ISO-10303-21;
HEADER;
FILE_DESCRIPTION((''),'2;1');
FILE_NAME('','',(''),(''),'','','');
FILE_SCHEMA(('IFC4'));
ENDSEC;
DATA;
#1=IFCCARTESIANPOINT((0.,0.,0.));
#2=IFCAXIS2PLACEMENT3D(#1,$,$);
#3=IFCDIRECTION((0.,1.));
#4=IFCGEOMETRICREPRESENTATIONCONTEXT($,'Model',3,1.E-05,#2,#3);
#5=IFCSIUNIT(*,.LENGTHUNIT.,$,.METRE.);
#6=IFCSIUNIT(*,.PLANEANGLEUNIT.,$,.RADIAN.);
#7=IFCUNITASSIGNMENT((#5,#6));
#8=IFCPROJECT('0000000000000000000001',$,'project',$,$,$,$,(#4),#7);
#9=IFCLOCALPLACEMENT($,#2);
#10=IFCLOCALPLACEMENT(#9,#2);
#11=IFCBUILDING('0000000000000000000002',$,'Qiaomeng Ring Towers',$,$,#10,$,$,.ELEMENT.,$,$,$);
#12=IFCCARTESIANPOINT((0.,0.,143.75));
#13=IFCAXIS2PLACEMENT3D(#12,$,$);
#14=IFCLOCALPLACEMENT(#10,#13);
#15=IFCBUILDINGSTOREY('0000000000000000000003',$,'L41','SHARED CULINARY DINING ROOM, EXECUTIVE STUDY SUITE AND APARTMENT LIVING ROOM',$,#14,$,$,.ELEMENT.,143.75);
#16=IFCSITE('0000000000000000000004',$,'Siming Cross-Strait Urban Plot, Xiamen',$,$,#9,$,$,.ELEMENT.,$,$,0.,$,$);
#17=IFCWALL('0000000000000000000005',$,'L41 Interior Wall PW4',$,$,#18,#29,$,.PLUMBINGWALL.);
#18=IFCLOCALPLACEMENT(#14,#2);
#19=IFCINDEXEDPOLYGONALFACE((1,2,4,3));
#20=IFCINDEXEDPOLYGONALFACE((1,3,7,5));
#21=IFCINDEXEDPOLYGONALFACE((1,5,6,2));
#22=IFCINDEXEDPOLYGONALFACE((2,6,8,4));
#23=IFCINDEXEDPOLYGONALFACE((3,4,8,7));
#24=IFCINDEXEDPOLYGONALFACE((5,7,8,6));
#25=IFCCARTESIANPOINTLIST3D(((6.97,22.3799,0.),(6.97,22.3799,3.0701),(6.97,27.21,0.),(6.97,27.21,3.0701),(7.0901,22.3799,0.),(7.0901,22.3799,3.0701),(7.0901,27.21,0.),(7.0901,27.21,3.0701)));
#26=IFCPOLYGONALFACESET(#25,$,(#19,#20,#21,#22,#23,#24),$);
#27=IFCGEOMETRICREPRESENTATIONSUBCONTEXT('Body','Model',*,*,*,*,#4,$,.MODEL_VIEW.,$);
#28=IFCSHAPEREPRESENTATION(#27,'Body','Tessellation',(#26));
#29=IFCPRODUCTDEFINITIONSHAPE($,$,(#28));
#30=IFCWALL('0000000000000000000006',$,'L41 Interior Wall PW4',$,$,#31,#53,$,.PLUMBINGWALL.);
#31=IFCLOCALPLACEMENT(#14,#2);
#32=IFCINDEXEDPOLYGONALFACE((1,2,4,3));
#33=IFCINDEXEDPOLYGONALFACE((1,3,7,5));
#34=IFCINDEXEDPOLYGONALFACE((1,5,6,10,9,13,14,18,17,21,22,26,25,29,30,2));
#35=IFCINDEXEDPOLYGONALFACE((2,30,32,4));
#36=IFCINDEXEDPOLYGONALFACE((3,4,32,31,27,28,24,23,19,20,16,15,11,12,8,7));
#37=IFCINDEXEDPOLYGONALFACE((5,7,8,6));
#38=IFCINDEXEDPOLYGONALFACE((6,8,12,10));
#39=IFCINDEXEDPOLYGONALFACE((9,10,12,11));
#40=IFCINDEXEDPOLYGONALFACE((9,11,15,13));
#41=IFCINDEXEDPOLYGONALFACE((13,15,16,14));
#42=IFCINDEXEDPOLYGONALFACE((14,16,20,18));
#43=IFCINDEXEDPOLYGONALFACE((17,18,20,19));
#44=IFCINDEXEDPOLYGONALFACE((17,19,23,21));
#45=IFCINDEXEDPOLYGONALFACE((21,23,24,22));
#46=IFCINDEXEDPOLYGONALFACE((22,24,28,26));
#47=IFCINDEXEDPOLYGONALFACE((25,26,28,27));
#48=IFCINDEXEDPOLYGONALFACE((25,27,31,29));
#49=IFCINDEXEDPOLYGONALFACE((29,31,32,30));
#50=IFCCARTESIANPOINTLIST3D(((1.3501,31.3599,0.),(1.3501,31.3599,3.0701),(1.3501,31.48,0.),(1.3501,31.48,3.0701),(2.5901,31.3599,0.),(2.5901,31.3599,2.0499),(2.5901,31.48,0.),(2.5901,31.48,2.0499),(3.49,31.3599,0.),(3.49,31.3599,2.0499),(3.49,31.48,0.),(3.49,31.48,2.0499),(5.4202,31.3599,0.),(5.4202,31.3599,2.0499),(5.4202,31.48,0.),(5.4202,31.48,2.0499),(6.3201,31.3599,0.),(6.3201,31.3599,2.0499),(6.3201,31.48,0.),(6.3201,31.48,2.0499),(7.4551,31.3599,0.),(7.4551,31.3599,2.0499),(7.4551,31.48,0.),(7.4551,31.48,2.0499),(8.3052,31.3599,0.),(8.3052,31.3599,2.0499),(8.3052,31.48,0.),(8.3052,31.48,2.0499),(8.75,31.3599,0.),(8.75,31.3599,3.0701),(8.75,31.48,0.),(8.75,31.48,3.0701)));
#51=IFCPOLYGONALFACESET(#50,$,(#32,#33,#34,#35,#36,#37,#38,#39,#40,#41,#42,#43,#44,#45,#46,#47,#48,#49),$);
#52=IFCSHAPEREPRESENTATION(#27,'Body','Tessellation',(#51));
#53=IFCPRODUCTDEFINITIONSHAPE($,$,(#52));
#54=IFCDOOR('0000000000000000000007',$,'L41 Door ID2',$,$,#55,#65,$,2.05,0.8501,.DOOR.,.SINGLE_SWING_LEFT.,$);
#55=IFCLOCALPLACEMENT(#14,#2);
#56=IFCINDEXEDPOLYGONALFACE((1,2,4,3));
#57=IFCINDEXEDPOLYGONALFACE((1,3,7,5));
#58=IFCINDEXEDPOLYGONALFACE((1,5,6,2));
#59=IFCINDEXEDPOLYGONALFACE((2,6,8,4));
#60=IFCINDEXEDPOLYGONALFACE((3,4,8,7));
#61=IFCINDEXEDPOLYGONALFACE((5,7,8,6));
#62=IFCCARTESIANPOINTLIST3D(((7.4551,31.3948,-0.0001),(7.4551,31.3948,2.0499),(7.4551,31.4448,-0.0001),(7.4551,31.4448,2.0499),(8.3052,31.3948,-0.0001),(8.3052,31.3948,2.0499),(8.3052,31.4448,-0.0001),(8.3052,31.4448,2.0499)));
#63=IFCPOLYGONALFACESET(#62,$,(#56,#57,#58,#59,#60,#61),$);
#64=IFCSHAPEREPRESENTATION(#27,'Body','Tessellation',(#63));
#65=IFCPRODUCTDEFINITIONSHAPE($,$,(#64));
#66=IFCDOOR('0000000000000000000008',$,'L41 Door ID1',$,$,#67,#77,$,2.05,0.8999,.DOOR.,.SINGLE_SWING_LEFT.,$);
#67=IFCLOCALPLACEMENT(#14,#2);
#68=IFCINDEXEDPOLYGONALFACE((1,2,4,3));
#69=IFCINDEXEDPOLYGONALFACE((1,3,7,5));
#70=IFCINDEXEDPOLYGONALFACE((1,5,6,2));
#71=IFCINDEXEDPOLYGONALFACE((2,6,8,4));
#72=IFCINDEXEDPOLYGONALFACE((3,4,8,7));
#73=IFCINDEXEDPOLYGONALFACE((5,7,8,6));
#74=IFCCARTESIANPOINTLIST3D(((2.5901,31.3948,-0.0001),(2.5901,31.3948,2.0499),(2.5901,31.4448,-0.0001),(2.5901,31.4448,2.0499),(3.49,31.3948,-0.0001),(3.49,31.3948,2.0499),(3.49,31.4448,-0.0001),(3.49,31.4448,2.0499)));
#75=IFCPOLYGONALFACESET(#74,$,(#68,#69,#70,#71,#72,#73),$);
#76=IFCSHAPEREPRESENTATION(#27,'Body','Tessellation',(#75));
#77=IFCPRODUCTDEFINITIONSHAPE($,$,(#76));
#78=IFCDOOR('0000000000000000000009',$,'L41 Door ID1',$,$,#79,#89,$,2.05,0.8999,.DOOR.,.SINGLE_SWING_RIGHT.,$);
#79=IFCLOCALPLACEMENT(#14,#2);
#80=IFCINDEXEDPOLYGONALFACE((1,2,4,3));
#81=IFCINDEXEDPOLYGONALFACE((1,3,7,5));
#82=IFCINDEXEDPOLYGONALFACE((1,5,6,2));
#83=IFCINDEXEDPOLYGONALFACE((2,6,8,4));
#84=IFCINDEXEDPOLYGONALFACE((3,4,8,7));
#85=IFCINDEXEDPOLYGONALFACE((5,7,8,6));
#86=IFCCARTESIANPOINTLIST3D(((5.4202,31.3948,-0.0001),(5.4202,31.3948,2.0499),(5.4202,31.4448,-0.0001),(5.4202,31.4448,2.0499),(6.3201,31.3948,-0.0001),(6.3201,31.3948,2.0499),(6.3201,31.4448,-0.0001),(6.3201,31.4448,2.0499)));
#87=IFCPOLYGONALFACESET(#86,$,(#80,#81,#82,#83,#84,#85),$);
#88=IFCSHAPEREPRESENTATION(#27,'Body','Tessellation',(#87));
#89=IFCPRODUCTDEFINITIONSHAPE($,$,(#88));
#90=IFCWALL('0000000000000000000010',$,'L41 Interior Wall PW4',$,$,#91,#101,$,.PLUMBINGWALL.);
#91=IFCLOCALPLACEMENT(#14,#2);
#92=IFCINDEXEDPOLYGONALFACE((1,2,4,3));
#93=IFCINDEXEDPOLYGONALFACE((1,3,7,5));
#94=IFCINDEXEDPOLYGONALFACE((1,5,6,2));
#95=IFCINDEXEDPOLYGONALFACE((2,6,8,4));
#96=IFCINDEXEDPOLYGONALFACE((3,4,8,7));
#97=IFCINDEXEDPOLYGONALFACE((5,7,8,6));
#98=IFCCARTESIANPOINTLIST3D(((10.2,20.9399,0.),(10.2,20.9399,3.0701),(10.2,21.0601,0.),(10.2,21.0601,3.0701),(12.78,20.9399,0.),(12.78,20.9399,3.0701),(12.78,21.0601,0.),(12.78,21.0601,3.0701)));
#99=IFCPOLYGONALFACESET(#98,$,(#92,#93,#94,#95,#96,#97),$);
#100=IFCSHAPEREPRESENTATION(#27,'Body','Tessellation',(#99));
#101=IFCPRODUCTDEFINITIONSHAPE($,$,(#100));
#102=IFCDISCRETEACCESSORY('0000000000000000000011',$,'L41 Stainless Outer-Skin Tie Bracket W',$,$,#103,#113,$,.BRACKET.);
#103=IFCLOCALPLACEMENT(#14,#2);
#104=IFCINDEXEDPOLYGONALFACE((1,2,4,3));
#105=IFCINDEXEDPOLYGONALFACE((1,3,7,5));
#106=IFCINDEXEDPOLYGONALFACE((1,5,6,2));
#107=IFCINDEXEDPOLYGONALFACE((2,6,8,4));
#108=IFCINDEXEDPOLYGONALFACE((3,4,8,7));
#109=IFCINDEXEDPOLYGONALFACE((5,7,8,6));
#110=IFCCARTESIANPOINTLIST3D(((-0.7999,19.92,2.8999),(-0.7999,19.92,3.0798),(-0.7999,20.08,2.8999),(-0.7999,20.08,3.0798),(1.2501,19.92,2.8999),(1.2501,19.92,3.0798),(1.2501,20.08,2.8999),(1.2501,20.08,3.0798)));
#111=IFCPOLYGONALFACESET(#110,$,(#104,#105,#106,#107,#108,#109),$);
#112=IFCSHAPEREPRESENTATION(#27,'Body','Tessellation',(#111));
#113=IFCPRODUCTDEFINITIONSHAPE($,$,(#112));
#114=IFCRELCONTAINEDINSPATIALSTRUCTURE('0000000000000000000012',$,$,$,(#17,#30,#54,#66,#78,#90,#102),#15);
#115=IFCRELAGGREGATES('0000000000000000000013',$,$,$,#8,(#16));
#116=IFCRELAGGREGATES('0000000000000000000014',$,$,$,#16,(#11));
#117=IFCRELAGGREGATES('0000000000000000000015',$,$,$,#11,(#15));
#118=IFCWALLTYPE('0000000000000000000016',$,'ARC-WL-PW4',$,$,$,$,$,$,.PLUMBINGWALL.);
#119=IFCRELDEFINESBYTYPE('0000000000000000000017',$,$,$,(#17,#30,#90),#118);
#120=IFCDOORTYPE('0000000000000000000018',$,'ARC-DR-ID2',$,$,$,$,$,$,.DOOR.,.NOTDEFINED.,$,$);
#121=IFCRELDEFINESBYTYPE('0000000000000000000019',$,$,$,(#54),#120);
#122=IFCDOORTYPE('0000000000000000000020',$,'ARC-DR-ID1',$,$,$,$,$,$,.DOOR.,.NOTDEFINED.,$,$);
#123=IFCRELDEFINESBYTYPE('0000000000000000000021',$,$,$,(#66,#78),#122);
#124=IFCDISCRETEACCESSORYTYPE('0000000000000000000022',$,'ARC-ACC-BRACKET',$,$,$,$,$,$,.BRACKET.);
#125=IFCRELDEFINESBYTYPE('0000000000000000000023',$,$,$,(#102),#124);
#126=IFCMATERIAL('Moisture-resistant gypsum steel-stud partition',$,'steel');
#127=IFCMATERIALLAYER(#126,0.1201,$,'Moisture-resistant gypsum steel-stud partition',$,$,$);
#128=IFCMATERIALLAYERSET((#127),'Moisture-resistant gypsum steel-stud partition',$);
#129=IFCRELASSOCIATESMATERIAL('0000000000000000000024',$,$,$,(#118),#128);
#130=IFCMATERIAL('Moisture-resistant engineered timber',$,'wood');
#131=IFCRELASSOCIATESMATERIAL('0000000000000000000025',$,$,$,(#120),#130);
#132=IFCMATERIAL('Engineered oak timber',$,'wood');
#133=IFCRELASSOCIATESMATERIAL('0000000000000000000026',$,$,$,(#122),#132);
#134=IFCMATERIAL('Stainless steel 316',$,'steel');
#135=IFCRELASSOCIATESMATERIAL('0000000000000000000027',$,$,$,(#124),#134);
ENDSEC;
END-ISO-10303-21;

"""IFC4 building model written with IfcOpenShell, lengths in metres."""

from ifc_helpers import new_model, si_unit, direction, frame, frame_2d, origin, origin_2d, place, context, subcontext, project, spatial, rectangle, extrude, source, transform, mapped, material, layer, layer_set, type_object, element, fill, save


model = new_model("IFC4")

# Units and contexts
model_context = context("Model", 3, precision=1e-05, world=origin(), true_north=direction((0.0, 1.0)))
body_context = subcontext(model_context, "Body", "Model", "MODEL_VIEW")
ifc_project = project(units=[si_unit("LENGTHUNIT", "METRE"), si_unit("PLANEANGLEUNIT", "RADIAN")], contexts=[model_context])

# Site, building, storey
site_placement = place(None, origin())
site = spatial("IfcSite", under=ifc_project, at=site_placement, Name="Siming Cross-Strait Urban Plot, Xiamen", CompositionType="ELEMENT", RefElevation=0.0)
building_placement = place(site_placement, origin())
building = spatial("IfcBuilding", under=site, at=building_placement, Name="Qiaomeng Ring Towers", CompositionType="ELEMENT")
storey_placement = place(building_placement, frame((0.0, 0.0, 143.75)))
storey = spatial("IfcBuildingStorey", under=building, at=storey_placement, Name="L41", Description="SHARED CULINARY DINING ROOM, EXECUTIVE STUDY SUITE AND APARTMENT LIVING ROOM", CompositionType="ELEMENT", Elevation=143.75)

# Shared definitions
ifc_material_1 = material(Name="Stainless steel 316", Category="steel")

# Shared definitions
ifc_material_2 = material(Name="Moisture-resistant gypsum steel-stud partition", Category="steel")
ifc_layer_1 = layer(ifc_material_2, 0.1201, Name="Moisture-resistant gypsum steel-stud partition")
ifc_layer_set_1 = layer_set([ifc_layer_1], Name="Moisture-resistant gypsum steel-stud partition")
wall_type_1 = type_object("IfcWallType", Name="ARC-WL-PW4", PredefinedType="PLUMBINGWALL", material=ifc_layer_set_1)
ifc_material_3 = material(Name="Moisture-resistant engineered timber", Category="wood")
door_type_1 = type_object("IfcDoorType", Name="ARC-DR-ID2", OperationType="NOTDEFINED", PredefinedType="DOOR", material=ifc_material_3)
shared_shape_1 = source(origin(), body_context, "Body", "SweptSolid", [
    extrude(rectangle(XDim=0.8501, YDim=2.05, at=frame_2d((0.425, 1.0249))), frame((0.0, 0.0249, 0.0), z_axis=(0.0, -1.0, 0.0), x_axis=(1.0, 0.0, 0.0)), (0.0, 0.0, 1.0), 0.05),
])
ifc_material_4 = material(Name="Engineered oak timber", Category="wood")
door_type_2 = type_object("IfcDoorType", Name="ARC-DR-ID1", OperationType="NOTDEFINED", PredefinedType="DOOR", material=ifc_material_4)
shared_shape_2 = source(origin(), body_context, "Body", "SweptSolid", [
    extrude(rectangle(XDim=0.8999, YDim=2.05, at=frame_2d((0.45, 1.0249))), frame((0.0, 0.0249, 0.0), z_axis=(0.0, -1.0, 0.0), x_axis=(1.0, 0.0, 0.0)), (0.0, 0.0, 1.0), 0.05),
])

# Wall
for number, where, z_axis, x_axis, name in (
    (1, (7.03, 22.3799, 0.0), (0.0, 0.0, 1.0), (0.0, 1.0, 0.0), "L41 Interior Wall PW4"),
):
    element("IfcWall", number, at=place(storey_placement, frame(where, z_axis=z_axis, x_axis=x_axis)), inside=storey, type_object=wall_type_1, Name=name, PredefinedType="PLUMBINGWALL", context=body_context, shape_type="SweptSolid", body=[
        extrude(rectangle(XDim=4.8301, YDim=0.1201, at=frame_2d((2.415, 0.0))), origin(), (0.0, 0.0, 1.0), 3.0701),
    ])

# Wall, openings, doors
wall_1_placement = place(storey_placement, frame((1.3501, 31.4199, 0.0), z_axis=(0.0, 0.0, 1.0), x_axis=(1.0, 0.0, 0.0)))
wall_1 = element("IfcWall", 2, at=wall_1_placement, inside=storey, type_object=wall_type_1, Name="L41 Interior Wall PW4", PredefinedType="PLUMBINGWALL", context=body_context, shape_type="SweptSolid", body=[
    extrude(rectangle(XDim=7.3999, YDim=0.1201, at=frame_2d((3.7, 0.0))), origin(), (0.0, 0.0, 1.0), 3.0701),
])
opening_1_placement = place(wall_1_placement, frame((1.24, 0.0, 0.0)))
opening_1 = element("IfcOpeningElement", 3, at=opening_1_placement, cuts=wall_1, PredefinedType="OPENING", context=body_context, shape_type="SweptSolid", body=[
    extrude(rectangle(XDim=0.8999, YDim=2.05, at=frame_2d((0.45, 1.0249))), frame((0.0, 0.0701, 0.0), z_axis=(0.0, -1.0, 0.0), x_axis=(1.0, 0.0, 0.0)), (0.0, 0.0, 1.0), 0.1401),
])
opening_2_placement = place(wall_1_placement, frame((4.0701, 0.0, 0.0)))
opening_2 = element("IfcOpeningElement", 4, at=opening_2_placement, cuts=wall_1, PredefinedType="OPENING", context=body_context, shape_type="SweptSolid", body=[
    extrude(rectangle(XDim=0.8999, YDim=2.05, at=frame_2d((0.45, 1.0249))), frame((0.0, 0.0701, 0.0), z_axis=(0.0, -1.0, 0.0), x_axis=(1.0, 0.0, 0.0)), (0.0, 0.0, 1.0), 0.1401),
])
opening_3_placement = place(wall_1_placement, frame((6.105, 0.0, 0.0)))
opening_3 = element("IfcOpeningElement", 5, at=opening_3_placement, cuts=wall_1, PredefinedType="OPENING", context=body_context, shape_type="SweptSolid", body=[
    extrude(rectangle(XDim=0.8501, YDim=2.05, at=frame_2d((0.425, 1.0249))), frame((0.0, 0.0701, 0.0), z_axis=(0.0, -1.0, 0.0), x_axis=(1.0, 0.0, 0.0)), (0.0, 0.0, 1.0), 0.1401),
])
door_1_placement = place(opening_3_placement, origin())
door_1 = element("IfcDoor", 6, at=door_1_placement, inside=storey, type_object=door_type_1, Name="L41 Door ID2", OperationType="SINGLE_SWING_LEFT", OverallHeight=2.05, OverallWidth=0.8501, PredefinedType="DOOR", context=body_context, shape_type="MappedRepresentation", body=[
    mapped(shared_shape_1, transform((0.0, 0.0, 0.0), x_axis=(1.0, 0.0, 0.0), y_axis=(0.0, 1.0, 0.0), z_axis=(0.0, 0.0, 1.0), scale=1.0)),
])
fill(opening_3, door_1)
door_2_placement = place(opening_1_placement, origin())
door_2 = element("IfcDoor", 7, at=door_2_placement, inside=storey, type_object=door_type_2, Name="L41 Door ID1", OperationType="SINGLE_SWING_LEFT", OverallHeight=2.05, OverallWidth=0.8999, PredefinedType="DOOR", context=body_context, shape_type="MappedRepresentation", body=[
    mapped(shared_shape_2, transform((0.0, 0.0, 0.0), x_axis=(1.0, 0.0, 0.0), y_axis=(0.0, 1.0, 0.0), z_axis=(0.0, 0.0, 1.0), scale=1.0)),
])
fill(opening_1, door_2)
door_3_placement = place(opening_2_placement, origin())
door_3 = element("IfcDoor", 8, at=door_3_placement, inside=storey, type_object=door_type_2, Name="L41 Door ID1", OperationType="SINGLE_SWING_RIGHT", OverallHeight=2.05, OverallWidth=0.8999, PredefinedType="DOOR", context=body_context, shape_type="MappedRepresentation", body=[
    mapped(shared_shape_2, transform((0.0, 0.0, 0.0), x_axis=(1.0, 0.0, 0.0), y_axis=(0.0, 1.0, 0.0), z_axis=(0.0, 0.0, 1.0), scale=1.0)),
])
fill(opening_2, door_3)

# Wall
wall_2_placement = place(storey_placement, frame((10.2, 21.0, 0.0), z_axis=(0.0, 0.0, 1.0), x_axis=(1.0, 0.0, 0.0)))
element("IfcWall", 9, at=wall_2_placement, inside=storey, type_object=wall_type_1, Name="L41 Interior Wall PW4", PredefinedType="PLUMBINGWALL", context=body_context, shape_type="SweptSolid", body=[
    extrude(rectangle(XDim=2.5801, YDim=0.1201, at=frame_2d((1.29, 0.0))), origin(), (0.0, 0.0, 1.0), 3.0701),
])

# Discrete accessory
discrete_accessory_type = type_object("IfcDiscreteAccessoryType", Name="ARC-ACC-BRACKET", PredefinedType="BRACKET", material=ifc_material_1)
shared_shape_3 = source(origin(), body_context, "Body", "SweptSolid", [
    extrude(rectangle(XDim=2.05, YDim=0.1599, at=origin_2d()), origin(), (0.0, 0.0, 1.0), 0.1799),
])
discrete_accessory_placement = place(storey_placement, frame((0.2251, 20.0, 2.8999), z_axis=(0.0, 0.0, 1.0), x_axis=(1.0, 0.0, 0.0)))
element("IfcDiscreteAccessory", 10, at=discrete_accessory_placement, inside=storey, type_object=discrete_accessory_type, Name="L41 Stainless Outer-Skin Tie Bracket W", PredefinedType="BRACKET", context=body_context, shape_type="MappedRepresentation", body=[
    mapped(shared_shape_3, transform((0.0, 0.0, 0.0), x_axis=(1.0, 0.0, 0.0), y_axis=(0.0, 1.0, 0.0), z_axis=(0.0, 0.0, 1.0), scale=1.0)),
])

save(model, "model.ifc")
